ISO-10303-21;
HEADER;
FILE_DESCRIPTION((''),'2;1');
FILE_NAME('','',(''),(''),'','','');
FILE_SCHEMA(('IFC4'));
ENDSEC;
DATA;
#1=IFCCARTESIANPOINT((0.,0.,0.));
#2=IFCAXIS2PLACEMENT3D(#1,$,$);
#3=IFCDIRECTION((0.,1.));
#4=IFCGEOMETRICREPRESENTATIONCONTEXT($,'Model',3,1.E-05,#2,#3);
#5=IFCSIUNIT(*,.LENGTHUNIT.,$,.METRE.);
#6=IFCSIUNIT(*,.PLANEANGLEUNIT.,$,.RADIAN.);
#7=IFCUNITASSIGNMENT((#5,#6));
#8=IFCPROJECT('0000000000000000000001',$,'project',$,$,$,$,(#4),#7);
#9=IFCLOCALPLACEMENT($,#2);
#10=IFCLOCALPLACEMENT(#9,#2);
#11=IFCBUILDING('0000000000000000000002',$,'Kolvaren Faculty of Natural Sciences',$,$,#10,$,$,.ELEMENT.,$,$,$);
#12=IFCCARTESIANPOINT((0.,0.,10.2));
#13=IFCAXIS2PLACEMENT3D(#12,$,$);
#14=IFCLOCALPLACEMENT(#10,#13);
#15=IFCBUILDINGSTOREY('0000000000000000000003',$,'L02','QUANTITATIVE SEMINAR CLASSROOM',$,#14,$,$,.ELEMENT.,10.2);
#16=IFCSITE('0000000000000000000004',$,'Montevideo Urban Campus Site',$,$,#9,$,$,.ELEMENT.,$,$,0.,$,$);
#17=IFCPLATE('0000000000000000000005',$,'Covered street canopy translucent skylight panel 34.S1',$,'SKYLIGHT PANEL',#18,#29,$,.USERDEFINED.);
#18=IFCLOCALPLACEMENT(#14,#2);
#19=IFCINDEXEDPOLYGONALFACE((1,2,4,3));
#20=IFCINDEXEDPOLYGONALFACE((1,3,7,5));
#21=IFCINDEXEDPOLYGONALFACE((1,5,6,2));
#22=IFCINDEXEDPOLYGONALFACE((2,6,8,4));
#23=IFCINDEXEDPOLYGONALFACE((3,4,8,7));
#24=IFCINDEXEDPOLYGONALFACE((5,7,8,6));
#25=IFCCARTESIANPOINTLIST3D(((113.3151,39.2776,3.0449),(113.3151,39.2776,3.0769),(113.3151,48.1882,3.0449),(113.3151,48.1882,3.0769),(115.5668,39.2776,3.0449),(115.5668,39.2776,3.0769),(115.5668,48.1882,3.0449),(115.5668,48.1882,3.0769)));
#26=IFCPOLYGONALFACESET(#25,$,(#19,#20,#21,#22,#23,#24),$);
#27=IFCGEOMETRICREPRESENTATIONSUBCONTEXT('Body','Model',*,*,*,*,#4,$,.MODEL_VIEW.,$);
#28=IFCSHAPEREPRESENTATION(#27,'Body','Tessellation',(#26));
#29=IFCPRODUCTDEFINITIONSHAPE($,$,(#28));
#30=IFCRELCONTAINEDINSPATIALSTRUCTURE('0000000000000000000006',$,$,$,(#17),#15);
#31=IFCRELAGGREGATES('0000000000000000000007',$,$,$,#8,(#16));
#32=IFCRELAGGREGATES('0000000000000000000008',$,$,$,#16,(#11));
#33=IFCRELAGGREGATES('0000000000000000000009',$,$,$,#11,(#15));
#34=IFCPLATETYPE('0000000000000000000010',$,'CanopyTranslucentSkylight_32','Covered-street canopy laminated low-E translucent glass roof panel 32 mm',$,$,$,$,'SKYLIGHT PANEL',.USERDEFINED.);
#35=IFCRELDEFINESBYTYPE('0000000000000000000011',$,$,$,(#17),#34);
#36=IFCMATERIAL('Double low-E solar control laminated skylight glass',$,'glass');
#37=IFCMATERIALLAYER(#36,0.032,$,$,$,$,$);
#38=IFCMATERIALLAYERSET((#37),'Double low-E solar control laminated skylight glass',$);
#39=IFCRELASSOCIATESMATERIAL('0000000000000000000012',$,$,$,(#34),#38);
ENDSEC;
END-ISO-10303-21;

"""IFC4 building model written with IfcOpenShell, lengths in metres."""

from ifc_helpers import new_model, si_unit, direction, frame, origin, origin_2d, place, context, subcontext, project, spatial, rectangle, extrude, material, layer, layer_set, type_object, element, save


model = new_model("IFC4")

# Units and contexts
model_context = context("Model", 3, precision=1e-05, world=origin(), true_north=direction((0.0, 1.0)))
body_context = subcontext(model_context, "Body", "Model", "MODEL_VIEW")
ifc_project = project(units=[si_unit("LENGTHUNIT", "METRE"), si_unit("PLANEANGLEUNIT", "RADIAN")], contexts=[model_context])

# Site, building, storey
site_placement = place(None, origin())
site = spatial("IfcSite", under=ifc_project, at=site_placement, Name="Montevideo Urban Campus Site", CompositionType="ELEMENT", RefElevation=0.0)
building_placement = place(site_placement, origin())
building = spatial("IfcBuilding", under=site, at=building_placement, Name="Kolvaren Faculty of Natural Sciences", CompositionType="ELEMENT")
storey_placement = place(building_placement, frame((0.0, 0.0, 10.2)))
storey = spatial("IfcBuildingStorey", under=building, at=storey_placement, Name="L02", Description="QUANTITATIVE SEMINAR CLASSROOM", CompositionType="ELEMENT", Elevation=10.2)

# Plate
ifc_material_1 = material(Name="Double low-E solar control laminated skylight glass", Category="glass")
ifc_layer_1 = layer(ifc_material_1, 0.032)
ifc_layer_set_1 = layer_set([ifc_layer_1], Name="Double low-E solar control laminated skylight glass")
plate_type_1 = type_object("IfcPlateType", Name="CanopyTranslucentSkylight_32", Description="Covered-street canopy laminated low-E translucent glass roof panel 32 mm", ElementType="SKYLIGHT PANEL", PredefinedType="USERDEFINED", material=ifc_layer_set_1)
plate_1_placement = place(storey_placement, frame((114.4409, 43.7329, 3.0449), z_axis=(0.0, 0.0, 1.0), x_axis=(1.0, 0.0, 0.0)))
element("IfcPlate", 1, at=plate_1_placement, inside=storey, type_object=plate_type_1, Name="Covered street canopy translucent skylight panel 34.S1", ObjectType="SKYLIGHT PANEL", PredefinedType="USERDEFINED", context=body_context, shape_type="SweptSolid", body=[
    extrude(rectangle(XDim=2.2517, YDim=8.9106, at=origin_2d()), origin(), (0.0, 0.0, 1.0), 0.032),
])

save(model, "model.ifc")
